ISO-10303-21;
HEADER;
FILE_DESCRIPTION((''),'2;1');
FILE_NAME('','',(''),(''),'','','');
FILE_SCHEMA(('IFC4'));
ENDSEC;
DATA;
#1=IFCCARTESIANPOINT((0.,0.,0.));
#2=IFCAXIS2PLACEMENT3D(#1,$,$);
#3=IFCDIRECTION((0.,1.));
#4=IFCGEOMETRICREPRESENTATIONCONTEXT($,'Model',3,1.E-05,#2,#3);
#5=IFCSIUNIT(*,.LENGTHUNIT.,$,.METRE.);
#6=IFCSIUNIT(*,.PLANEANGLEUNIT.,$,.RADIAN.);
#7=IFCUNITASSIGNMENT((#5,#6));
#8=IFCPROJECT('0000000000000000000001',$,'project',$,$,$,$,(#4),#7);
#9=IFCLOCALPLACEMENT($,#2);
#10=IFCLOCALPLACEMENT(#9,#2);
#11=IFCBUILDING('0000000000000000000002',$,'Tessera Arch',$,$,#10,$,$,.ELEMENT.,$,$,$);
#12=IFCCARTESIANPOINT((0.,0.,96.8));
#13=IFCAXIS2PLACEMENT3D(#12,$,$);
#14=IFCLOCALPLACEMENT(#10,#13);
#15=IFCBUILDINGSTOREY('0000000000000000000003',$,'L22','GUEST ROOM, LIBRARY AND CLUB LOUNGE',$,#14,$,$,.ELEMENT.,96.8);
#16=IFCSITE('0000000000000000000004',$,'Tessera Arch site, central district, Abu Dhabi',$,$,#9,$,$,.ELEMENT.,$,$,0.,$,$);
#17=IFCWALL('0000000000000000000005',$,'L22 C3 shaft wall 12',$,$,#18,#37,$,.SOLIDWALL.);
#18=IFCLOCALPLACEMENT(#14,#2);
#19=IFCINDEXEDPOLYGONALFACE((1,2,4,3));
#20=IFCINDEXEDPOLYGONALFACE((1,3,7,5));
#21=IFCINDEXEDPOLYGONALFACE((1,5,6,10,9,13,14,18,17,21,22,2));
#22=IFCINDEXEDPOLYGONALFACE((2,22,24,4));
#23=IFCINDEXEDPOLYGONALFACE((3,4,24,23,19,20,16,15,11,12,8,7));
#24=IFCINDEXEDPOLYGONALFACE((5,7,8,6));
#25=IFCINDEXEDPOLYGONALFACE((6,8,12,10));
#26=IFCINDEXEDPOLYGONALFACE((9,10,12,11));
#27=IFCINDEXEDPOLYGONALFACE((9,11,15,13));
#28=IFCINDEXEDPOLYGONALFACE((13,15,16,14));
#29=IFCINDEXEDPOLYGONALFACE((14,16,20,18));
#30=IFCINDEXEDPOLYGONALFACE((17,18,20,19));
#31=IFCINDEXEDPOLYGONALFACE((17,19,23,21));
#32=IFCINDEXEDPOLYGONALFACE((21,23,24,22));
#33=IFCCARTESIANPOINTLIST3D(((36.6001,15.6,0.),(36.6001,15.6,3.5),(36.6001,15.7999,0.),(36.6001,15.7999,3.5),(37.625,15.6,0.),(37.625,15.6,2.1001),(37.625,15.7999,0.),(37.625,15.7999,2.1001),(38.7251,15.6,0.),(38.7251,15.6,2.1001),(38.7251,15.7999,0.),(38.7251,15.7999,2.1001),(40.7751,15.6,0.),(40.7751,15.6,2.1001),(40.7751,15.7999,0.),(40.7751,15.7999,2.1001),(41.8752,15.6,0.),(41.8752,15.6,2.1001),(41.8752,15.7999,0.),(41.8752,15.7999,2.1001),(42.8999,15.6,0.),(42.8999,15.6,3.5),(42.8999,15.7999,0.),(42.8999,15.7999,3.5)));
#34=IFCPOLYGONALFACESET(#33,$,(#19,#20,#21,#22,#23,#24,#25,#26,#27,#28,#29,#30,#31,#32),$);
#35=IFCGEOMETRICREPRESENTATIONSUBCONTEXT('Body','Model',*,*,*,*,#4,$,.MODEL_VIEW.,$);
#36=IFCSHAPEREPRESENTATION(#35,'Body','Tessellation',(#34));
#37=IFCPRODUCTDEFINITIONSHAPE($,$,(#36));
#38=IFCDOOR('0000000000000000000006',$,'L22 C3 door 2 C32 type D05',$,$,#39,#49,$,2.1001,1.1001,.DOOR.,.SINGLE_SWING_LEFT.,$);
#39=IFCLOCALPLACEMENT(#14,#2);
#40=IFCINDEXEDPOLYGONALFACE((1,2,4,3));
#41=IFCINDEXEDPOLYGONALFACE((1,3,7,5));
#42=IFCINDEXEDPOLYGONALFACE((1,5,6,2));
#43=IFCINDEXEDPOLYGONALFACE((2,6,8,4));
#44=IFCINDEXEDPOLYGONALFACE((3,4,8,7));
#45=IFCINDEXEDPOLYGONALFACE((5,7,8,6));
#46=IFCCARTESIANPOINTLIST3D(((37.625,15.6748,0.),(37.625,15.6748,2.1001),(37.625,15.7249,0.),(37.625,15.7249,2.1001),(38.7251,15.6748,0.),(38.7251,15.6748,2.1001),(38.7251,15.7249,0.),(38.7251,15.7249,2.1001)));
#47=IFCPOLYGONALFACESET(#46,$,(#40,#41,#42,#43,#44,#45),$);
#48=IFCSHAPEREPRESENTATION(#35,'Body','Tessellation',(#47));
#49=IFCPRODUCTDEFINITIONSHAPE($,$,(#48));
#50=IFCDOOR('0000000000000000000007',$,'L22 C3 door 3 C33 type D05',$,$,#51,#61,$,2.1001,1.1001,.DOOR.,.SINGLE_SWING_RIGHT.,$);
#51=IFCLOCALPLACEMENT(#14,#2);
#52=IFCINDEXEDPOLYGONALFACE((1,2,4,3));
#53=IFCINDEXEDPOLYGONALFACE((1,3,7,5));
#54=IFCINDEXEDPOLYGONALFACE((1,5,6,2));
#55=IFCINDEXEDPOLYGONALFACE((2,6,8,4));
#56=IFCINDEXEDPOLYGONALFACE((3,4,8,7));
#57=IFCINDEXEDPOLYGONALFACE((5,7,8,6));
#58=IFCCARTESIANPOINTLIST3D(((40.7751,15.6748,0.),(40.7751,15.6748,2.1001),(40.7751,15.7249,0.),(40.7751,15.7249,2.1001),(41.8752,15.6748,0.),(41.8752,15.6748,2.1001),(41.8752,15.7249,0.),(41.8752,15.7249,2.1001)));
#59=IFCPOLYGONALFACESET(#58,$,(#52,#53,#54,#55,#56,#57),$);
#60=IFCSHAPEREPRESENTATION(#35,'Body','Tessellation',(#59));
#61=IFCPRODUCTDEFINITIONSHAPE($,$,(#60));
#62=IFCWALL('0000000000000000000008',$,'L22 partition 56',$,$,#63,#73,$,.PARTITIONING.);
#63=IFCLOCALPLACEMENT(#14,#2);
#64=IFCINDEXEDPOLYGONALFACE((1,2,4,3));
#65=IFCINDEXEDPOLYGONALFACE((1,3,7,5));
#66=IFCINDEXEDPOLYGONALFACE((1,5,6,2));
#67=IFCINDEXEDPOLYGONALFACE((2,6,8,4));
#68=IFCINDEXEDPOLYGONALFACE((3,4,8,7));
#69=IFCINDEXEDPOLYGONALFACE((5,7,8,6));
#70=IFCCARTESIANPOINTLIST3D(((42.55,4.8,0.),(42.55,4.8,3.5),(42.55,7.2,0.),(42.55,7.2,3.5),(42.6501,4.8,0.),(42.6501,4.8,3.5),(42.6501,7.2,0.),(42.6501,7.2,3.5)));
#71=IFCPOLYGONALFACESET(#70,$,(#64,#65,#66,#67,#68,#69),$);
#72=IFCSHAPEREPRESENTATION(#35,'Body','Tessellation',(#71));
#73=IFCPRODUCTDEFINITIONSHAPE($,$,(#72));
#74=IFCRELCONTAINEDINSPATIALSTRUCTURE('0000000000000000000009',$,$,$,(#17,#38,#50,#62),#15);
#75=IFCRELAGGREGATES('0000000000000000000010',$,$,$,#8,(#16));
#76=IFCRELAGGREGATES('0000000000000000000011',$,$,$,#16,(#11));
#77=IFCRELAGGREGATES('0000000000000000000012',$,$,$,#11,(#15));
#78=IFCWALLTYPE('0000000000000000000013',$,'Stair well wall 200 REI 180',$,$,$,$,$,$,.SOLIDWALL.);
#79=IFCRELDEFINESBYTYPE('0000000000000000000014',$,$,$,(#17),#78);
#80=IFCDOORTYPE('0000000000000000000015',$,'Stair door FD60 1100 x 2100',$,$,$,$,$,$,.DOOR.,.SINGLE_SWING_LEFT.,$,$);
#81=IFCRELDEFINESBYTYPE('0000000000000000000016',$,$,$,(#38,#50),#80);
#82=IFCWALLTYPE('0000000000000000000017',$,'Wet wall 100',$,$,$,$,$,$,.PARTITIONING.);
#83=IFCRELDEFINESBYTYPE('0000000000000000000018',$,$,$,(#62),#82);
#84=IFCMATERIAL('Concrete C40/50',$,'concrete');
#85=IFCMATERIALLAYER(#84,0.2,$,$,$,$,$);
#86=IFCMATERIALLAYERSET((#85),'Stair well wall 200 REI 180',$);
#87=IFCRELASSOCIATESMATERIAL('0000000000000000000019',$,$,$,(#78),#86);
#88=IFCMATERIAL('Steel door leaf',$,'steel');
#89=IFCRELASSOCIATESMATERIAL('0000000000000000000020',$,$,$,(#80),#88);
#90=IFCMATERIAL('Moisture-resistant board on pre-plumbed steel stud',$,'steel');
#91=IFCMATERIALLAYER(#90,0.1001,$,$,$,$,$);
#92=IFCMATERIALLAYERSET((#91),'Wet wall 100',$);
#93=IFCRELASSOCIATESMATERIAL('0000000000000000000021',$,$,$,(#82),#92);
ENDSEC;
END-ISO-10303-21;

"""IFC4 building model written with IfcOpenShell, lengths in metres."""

from ifc_helpers import new_model, si_unit, direction, frame, frame_2d, origin, place, context, subcontext, project, spatial, rectangle, extrude, material, layer, layer_set, type_object, element, fill, save


model = new_model("IFC4")

# Units and contexts
model_context = context("Model", 3, precision=1e-05, world=origin(), true_north=direction((0.0, 1.0)))
body_context = subcontext(model_context, "Body", "Model", "MODEL_VIEW")
ifc_project = project(units=[si_unit("LENGTHUNIT", "METRE"), si_unit("PLANEANGLEUNIT", "RADIAN")], contexts=[model_context])

# Site, building, storey
site_placement = place(None, origin())
site = spatial("IfcSite", under=ifc_project, at=site_placement, Name="Tessera Arch site, central district, Abu Dhabi", CompositionType="ELEMENT", RefElevation=0.0)
building_placement = place(site_placement, origin())
building = spatial("IfcBuilding", under=site, at=building_placement, Name="Tessera Arch", CompositionType="ELEMENT")
storey_placement = place(building_placement, frame((0.0, 0.0, 96.8)))
storey = spatial("IfcBuildingStorey", under=building, at=storey_placement, Name="L22", Description="GUEST ROOM, LIBRARY AND CLUB LOUNGE", CompositionType="ELEMENT", Elevation=96.8)

# Wall, openings, doors
ifc_material_1 = material(Name="Concrete C40/50", Category="concrete")
ifc_layer_1 = layer(ifc_material_1, 0.2)
ifc_layer_set_1 = layer_set([ifc_layer_1], Name="Stair well wall 200 REI 180")
wall_type_1 = type_object("IfcWallType", Name="Stair well wall 200 REI 180", PredefinedType="SOLIDWALL", material=ifc_layer_set_1)
wall_1_placement = place(storey_placement, frame((36.6001, 15.7, 0.0), z_axis=(0.0, 0.0, 1.0), x_axis=(1.0, 0.0, 0.0)))
wall_1 = element("IfcWall", 1, at=wall_1_placement, inside=storey, type_object=wall_type_1, Name="L22 C3 shaft wall 12", PredefinedType="SOLIDWALL", context=body_context, shape_type="SweptSolid", body=[
    extrude(rectangle(XDim=6.2998, YDim=0.2, at=frame_2d((3.1499, 0.0))), origin(), (0.0, 0.0, 1.0), 3.5),
])
opening_1_placement = place(wall_1_placement, frame((1.0249, 0.0, 0.0)))
opening_1 = element("IfcOpeningElement", 2, at=opening_1_placement, cuts=wall_1, PredefinedType="OPENING", context=body_context, shape_type="SweptSolid", body=[
    extrude(rectangle(XDim=1.1001, YDim=2.1001, at=frame_2d((0.55, 1.05))), frame((0.0, 0.1099, 0.0), z_axis=(0.0, -1.0, 0.0), x_axis=(1.0, 0.0, 0.0)), (0.0, 0.0, 1.0), 0.22),
])
opening_2_placement = place(wall_1_placement, frame((4.175, 0.0, 0.0)))
opening_2 = element("IfcOpeningElement", 3, at=opening_2_placement, cuts=wall_1, PredefinedType="OPENING", context=body_context, shape_type="SweptSolid", body=[
    extrude(rectangle(XDim=1.1001, YDim=2.1001, at=frame_2d((0.55, 1.05))), frame((0.0, 0.1099, 0.0), z_axis=(0.0, -1.0, 0.0), x_axis=(1.0, 0.0, 0.0)), (0.0, 0.0, 1.0), 0.22),
])
ifc_material_2 = material(Name="Steel door leaf", Category="steel")
door_type_1 = type_object("IfcDoorType", Name="Stair door FD60 1100 x 2100", OperationType="SINGLE_SWING_LEFT", PredefinedType="DOOR", material=ifc_material_2)
door_1_placement = place(opening_1_placement, origin())
door_1 = element("IfcDoor", 4, at=door_1_placement, inside=storey, type_object=door_type_1, Name="L22 C3 door 2 C32 type D05", OperationType="SINGLE_SWING_LEFT", OverallHeight=2.1001, OverallWidth=1.1001, PredefinedType="DOOR", context=body_context, shape_type="SweptSolid", body=[
    extrude(rectangle(XDim=1.1001, YDim=2.1001, at=frame_2d((0.55, 1.05))), frame((0.0, 0.0249, 0.0), z_axis=(0.0, -1.0, 0.0), x_axis=(1.0, 0.0, 0.0)), (0.0, 0.0, 1.0), 0.05),
])
fill(opening_1, door_1)
door_2_placement = place(opening_2_placement, origin())
door_2 = element("IfcDoor", 5, at=door_2_placement, inside=storey, type_object=door_type_1, Name="L22 C3 door 3 C33 type D05", OperationType="SINGLE_SWING_RIGHT", OverallHeight=2.1001, OverallWidth=1.1001, PredefinedType="DOOR", context=body_context, shape_type="SweptSolid", body=[
    extrude(rectangle(XDim=1.1001, YDim=2.1001, at=frame_2d((0.55, 1.05))), frame((0.0, 0.0249, 0.0), z_axis=(0.0, -1.0, 0.0), x_axis=(1.0, 0.0, 0.0)), (0.0, 0.0, 1.0), 0.05),
])
fill(opening_2, door_2)

# Wall
ifc_material_3 = material(Name="Moisture-resistant board on pre-plumbed steel stud", Category="steel")
ifc_layer_2 = layer(ifc_material_3, 0.1001)
ifc_layer_set_2 = layer_set([ifc_layer_2], Name="Wet wall 100")
wall_type_2 = type_object("IfcWallType", Name="Wet wall 100", PredefinedType="PARTITIONING", material=ifc_layer_set_2)
wall_2_placement = place(storey_placement, frame((42.6001, 4.8, 0.0), z_axis=(0.0, 0.0, 1.0), x_axis=(0.0, 1.0, 0.0)))
element("IfcWall", 6, at=wall_2_placement, inside=storey, type_object=wall_type_2, Name="L22 partition 56", PredefinedType="PARTITIONING", context=body_context, shape_type="SweptSolid", body=[
    extrude(rectangle(XDim=2.3999, YDim=0.1001, at=frame_2d((1.2, 0.0))), origin(), (0.0, 0.0, 1.0), 3.5),
])

save(model, "model.ifc")
